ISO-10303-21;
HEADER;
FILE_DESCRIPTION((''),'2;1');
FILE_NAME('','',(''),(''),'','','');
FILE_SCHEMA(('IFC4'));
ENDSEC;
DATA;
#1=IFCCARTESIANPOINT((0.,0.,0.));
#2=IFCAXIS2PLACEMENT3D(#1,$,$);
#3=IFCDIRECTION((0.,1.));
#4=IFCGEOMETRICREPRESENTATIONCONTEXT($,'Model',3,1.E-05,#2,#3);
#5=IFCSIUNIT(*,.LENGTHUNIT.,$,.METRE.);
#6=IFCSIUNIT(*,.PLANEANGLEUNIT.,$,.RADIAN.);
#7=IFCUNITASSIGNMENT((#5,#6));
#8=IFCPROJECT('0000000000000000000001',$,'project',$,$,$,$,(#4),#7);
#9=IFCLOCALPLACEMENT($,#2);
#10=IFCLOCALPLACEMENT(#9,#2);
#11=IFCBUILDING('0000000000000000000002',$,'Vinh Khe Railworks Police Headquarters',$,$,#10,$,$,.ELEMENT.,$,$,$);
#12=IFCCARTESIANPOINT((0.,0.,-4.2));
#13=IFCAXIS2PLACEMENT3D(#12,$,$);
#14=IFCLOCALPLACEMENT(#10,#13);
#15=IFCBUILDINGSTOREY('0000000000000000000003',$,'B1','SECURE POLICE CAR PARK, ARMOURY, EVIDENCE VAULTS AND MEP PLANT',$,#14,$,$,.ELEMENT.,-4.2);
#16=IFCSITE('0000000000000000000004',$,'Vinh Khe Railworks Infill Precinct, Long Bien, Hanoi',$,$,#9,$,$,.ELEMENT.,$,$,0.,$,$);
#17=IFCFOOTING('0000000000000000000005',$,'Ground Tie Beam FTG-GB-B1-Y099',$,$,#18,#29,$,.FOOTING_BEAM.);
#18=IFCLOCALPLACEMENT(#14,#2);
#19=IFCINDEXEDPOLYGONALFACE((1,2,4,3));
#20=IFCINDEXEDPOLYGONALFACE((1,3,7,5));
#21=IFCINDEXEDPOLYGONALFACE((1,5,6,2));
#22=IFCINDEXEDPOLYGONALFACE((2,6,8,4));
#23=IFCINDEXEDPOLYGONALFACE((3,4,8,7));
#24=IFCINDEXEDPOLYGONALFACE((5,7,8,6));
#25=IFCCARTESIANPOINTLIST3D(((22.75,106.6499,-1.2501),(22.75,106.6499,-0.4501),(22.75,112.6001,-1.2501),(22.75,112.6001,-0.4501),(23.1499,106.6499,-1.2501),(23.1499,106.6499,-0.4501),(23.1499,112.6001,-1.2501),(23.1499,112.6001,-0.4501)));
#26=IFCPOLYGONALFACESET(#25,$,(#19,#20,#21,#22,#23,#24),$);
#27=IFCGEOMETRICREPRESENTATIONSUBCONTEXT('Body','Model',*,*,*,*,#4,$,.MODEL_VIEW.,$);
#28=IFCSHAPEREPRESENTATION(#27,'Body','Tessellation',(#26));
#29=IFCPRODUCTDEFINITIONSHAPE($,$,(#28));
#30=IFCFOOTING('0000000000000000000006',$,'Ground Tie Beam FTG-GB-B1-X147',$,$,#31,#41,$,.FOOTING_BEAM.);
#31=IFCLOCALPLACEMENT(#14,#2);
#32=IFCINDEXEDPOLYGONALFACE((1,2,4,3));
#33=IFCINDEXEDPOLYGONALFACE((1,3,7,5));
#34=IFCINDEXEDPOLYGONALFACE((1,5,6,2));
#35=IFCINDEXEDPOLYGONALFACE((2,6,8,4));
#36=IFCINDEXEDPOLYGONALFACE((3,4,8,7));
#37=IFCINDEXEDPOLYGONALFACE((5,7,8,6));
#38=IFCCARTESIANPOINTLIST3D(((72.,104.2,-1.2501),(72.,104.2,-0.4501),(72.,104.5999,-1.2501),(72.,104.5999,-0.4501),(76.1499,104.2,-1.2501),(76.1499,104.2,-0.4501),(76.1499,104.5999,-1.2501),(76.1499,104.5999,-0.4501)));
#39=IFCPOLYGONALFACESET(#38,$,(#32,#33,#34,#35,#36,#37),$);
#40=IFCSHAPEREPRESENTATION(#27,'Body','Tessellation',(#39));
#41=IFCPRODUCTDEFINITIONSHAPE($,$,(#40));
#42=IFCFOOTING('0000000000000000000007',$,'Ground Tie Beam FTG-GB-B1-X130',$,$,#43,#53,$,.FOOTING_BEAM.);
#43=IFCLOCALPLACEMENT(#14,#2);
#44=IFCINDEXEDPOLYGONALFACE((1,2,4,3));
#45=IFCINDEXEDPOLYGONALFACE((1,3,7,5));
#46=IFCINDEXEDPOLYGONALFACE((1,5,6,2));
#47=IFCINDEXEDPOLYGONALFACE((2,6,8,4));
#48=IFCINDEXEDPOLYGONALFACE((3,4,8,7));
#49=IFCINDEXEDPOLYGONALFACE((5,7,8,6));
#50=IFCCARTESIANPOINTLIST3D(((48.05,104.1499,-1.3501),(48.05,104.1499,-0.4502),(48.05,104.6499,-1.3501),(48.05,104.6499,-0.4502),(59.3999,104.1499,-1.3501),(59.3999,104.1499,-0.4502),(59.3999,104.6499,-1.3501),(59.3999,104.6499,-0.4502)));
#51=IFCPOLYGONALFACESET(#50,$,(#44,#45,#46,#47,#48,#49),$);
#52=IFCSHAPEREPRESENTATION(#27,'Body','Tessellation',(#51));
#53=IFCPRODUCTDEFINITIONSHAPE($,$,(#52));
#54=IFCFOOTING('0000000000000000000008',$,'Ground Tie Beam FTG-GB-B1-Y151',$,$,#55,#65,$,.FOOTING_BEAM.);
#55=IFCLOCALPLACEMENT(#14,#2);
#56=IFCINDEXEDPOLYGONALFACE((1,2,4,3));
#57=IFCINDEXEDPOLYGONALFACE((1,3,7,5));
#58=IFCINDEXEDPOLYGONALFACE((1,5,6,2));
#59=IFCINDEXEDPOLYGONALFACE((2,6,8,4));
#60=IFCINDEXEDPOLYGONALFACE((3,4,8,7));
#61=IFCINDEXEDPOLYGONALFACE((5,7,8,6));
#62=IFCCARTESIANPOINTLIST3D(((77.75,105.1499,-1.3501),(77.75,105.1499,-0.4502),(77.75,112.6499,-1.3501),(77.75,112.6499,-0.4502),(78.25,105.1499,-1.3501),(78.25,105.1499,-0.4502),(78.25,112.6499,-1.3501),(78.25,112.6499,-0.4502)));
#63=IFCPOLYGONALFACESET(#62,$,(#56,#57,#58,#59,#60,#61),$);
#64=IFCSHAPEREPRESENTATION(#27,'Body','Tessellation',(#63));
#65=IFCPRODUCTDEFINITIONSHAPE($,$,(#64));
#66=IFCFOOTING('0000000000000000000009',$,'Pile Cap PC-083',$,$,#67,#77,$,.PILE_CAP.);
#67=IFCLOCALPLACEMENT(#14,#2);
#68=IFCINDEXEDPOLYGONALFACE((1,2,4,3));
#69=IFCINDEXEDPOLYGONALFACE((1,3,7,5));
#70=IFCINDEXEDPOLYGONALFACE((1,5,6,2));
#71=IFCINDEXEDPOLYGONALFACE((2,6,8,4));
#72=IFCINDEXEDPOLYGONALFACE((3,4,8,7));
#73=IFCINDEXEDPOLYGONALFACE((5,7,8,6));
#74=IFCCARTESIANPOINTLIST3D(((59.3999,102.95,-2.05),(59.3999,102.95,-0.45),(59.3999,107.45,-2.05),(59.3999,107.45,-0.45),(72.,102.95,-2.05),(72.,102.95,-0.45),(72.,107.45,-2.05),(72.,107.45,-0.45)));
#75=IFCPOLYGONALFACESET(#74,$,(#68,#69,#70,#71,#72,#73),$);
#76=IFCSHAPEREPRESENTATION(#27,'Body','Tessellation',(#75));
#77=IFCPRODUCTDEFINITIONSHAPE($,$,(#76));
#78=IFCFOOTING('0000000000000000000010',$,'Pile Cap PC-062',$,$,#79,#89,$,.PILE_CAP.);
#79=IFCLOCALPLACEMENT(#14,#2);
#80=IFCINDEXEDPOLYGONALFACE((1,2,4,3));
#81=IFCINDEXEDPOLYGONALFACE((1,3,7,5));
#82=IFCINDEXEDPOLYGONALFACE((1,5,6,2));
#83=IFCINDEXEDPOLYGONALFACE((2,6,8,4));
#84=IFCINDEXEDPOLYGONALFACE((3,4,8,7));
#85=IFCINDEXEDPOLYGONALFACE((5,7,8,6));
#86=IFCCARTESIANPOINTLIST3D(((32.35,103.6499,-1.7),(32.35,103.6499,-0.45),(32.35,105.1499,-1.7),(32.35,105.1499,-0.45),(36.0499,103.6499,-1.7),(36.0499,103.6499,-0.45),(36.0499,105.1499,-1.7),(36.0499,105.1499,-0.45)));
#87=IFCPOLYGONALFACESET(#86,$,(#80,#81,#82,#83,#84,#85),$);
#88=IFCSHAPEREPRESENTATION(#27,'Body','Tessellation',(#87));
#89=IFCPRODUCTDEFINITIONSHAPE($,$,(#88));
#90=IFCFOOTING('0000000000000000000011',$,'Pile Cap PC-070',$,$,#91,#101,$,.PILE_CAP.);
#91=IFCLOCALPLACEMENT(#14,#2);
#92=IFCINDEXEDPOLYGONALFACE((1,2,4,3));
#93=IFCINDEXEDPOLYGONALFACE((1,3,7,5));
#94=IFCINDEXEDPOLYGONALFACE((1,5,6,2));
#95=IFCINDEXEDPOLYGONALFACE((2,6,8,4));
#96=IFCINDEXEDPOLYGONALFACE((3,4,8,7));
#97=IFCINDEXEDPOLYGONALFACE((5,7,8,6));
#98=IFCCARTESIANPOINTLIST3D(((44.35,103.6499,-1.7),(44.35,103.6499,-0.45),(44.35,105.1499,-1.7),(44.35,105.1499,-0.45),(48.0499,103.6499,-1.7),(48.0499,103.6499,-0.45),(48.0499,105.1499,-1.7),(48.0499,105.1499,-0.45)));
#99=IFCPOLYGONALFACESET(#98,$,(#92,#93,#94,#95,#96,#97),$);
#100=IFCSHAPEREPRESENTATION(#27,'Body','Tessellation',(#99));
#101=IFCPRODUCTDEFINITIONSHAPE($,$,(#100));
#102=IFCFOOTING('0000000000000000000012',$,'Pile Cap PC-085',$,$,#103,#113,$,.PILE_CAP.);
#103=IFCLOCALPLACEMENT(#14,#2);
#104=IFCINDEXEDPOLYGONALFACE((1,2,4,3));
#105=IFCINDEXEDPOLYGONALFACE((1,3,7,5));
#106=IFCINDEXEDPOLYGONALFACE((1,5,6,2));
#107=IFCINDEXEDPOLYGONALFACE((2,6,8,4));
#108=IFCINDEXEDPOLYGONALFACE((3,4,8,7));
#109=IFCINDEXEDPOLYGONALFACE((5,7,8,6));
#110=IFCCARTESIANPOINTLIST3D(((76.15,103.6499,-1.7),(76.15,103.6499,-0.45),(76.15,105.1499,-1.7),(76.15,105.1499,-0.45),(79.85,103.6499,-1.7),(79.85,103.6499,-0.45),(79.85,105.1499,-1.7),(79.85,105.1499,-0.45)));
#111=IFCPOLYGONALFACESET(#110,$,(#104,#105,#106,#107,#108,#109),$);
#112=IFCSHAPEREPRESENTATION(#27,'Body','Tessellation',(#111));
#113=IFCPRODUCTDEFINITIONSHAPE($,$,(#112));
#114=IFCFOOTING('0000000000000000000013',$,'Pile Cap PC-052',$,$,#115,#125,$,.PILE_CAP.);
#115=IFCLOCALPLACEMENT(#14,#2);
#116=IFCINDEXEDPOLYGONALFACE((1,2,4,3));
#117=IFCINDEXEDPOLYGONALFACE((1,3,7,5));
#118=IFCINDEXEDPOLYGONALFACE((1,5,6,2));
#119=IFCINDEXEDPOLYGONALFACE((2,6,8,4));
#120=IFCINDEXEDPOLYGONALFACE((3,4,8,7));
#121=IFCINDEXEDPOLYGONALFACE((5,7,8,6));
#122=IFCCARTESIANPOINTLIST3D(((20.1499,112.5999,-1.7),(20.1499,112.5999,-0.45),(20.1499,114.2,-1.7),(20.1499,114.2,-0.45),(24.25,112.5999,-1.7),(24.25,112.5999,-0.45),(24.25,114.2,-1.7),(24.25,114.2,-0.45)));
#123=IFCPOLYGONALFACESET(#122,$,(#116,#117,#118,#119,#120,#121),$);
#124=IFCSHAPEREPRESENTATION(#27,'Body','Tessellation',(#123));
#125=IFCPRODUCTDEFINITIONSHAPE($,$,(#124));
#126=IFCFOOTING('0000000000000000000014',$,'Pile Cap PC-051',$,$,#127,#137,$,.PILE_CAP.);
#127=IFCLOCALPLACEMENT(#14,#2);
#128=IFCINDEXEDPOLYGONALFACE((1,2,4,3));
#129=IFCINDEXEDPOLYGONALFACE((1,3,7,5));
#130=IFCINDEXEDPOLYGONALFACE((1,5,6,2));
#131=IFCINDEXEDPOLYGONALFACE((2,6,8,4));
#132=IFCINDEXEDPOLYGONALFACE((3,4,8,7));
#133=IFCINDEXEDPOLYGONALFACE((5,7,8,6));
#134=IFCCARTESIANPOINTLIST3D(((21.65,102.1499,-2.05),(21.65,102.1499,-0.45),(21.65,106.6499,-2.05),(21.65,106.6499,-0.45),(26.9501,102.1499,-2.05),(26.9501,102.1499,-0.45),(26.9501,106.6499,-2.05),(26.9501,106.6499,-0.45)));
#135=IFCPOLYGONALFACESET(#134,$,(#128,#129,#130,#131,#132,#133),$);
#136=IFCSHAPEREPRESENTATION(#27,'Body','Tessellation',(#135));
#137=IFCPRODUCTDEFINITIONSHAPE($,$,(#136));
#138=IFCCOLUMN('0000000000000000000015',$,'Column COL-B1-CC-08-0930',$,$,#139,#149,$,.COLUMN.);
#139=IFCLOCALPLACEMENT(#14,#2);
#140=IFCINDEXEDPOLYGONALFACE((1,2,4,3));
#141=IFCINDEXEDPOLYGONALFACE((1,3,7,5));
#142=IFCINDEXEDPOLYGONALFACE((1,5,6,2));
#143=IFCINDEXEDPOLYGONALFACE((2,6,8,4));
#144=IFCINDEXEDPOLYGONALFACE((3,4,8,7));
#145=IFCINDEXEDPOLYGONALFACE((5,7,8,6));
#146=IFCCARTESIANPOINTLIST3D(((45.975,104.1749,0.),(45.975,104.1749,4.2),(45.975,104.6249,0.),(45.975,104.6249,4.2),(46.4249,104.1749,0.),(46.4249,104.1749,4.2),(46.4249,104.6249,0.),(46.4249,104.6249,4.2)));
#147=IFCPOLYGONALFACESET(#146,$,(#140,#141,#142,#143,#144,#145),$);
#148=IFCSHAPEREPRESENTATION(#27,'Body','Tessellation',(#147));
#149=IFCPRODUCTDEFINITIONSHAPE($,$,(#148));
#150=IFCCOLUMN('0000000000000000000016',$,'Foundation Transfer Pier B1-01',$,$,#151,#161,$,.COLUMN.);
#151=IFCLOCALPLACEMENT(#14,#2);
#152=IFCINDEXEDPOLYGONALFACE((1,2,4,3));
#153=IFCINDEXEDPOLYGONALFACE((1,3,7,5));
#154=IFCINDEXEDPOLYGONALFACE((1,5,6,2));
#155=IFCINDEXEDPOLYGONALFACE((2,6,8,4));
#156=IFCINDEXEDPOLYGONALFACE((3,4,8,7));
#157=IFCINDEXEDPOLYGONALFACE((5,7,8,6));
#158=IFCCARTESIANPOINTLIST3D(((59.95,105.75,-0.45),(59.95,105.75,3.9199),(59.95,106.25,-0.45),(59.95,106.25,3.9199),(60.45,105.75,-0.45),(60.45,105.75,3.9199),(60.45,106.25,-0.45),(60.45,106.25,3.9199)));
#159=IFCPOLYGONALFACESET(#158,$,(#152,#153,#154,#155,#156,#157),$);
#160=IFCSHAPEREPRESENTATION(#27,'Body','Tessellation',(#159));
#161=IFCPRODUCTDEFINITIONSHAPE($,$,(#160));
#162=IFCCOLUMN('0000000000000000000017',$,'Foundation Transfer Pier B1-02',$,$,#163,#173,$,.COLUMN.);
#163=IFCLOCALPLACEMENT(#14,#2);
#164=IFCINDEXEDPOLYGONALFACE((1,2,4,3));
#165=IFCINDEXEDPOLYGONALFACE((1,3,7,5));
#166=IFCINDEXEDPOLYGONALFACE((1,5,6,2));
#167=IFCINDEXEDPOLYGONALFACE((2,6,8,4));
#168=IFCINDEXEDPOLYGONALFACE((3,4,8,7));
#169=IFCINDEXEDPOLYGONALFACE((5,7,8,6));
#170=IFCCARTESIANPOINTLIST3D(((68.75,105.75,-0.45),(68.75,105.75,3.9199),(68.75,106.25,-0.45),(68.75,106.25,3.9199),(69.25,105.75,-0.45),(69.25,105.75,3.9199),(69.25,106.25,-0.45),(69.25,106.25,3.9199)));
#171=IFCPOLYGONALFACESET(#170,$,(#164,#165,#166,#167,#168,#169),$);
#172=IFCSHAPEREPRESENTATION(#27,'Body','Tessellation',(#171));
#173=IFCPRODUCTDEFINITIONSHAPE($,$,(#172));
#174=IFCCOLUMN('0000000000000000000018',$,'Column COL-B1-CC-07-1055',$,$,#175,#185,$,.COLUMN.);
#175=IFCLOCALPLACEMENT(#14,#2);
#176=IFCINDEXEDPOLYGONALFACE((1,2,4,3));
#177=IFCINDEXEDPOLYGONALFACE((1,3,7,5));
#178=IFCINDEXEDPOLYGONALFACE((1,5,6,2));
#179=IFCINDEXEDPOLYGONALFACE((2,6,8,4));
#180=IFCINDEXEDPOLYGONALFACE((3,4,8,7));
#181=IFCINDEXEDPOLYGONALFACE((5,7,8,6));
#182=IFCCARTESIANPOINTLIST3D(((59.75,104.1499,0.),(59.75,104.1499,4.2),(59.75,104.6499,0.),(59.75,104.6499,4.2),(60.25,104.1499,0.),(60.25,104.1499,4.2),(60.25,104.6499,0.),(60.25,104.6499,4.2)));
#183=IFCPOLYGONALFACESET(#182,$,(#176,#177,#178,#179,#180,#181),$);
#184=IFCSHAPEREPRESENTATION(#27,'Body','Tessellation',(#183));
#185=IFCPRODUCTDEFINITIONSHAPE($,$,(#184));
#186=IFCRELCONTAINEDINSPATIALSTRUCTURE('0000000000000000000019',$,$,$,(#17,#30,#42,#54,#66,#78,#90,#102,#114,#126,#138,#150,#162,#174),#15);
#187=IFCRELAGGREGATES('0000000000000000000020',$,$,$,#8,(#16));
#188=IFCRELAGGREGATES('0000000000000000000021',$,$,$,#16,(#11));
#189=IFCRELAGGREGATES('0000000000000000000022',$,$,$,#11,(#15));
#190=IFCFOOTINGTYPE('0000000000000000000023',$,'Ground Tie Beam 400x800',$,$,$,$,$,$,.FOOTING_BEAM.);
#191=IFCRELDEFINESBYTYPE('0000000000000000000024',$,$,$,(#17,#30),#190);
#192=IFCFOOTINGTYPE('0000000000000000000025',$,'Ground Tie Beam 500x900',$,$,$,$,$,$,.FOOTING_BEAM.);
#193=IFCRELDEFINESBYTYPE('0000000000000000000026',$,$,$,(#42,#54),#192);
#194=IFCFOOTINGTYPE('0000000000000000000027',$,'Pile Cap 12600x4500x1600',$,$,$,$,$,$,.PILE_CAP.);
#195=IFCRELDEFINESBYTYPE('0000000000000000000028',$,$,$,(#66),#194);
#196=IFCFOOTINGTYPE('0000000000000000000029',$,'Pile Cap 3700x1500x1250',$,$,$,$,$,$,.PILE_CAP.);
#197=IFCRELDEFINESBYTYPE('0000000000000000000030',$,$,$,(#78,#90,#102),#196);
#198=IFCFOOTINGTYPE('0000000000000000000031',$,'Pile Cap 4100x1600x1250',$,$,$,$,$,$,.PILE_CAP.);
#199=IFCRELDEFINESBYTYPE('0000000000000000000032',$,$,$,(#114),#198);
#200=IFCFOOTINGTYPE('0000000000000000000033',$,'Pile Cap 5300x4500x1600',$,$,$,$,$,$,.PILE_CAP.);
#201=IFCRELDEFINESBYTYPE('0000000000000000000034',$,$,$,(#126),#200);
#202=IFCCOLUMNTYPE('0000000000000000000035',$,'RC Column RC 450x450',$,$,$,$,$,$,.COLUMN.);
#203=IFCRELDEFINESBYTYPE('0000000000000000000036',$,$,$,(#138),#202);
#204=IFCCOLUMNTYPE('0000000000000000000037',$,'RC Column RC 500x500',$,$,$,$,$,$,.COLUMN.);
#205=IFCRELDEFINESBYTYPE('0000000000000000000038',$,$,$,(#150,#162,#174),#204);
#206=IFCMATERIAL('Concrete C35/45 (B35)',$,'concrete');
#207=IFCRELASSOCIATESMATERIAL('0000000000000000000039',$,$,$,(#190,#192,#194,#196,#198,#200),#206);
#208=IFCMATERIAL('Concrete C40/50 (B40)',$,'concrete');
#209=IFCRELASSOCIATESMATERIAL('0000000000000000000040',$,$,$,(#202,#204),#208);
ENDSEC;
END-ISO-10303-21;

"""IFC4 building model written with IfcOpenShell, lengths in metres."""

from ifc_helpers import new_model, si_unit, direction, frame, origin, origin_2d, place, context, subcontext, project, spatial, rectangle, extrude, material, material_profile, profile_set, type_object, element, save


model = new_model("IFC4")

# Units and contexts
model_context = context("Model", 3, precision=1e-05, world=origin(), true_north=direction((0.0, 1.0)))
body_context = subcontext(model_context, "Body", "Model", "MODEL_VIEW")
ifc_project = project(units=[si_unit("LENGTHUNIT", "METRE"), si_unit("PLANEANGLEUNIT", "RADIAN")], contexts=[model_context])

# Site, building, storey
site_placement = place(None, origin())
site = spatial("IfcSite", under=ifc_project, at=site_placement, Name="Vinh Khe Railworks Infill Precinct, Long Bien, Hanoi", CompositionType="ELEMENT", RefElevation=0.0)
building_placement = place(site_placement, origin())
building = spatial("IfcBuilding", under=site, at=building_placement, Name="Vinh Khe Railworks Police Headquarters", CompositionType="ELEMENT")
storey_placement = place(building_placement, frame((0.0, 0.0, -4.2)))
storey = spatial("IfcBuildingStorey", under=building, at=storey_placement, Name="B1", Description="SECURE POLICE CAR PARK, ARMOURY, EVIDENCE VAULTS AND MEP PLANT", CompositionType="ELEMENT", Elevation=-4.2)

# Shared definitions
ifc_material_1 = material(Name="Concrete C35/45 (B35)", Category="concrete")

# Footings
ifc_material_profile_1 = material_profile(ifc_material_1, rectangle(XDim=0.3999, YDim=0.8, at=origin_2d()), Name="RC 400x800")
ifc_profile_set_1 = profile_set([ifc_material_profile_1], Name="Concrete C35/45 (B35)")
footing_type_1 = type_object("IfcFootingType", Name="Ground Tie Beam 400x800", PredefinedType="FOOTING_BEAM", material=ifc_profile_set_1)
footing_1_placement = place(storey_placement, frame((22.95, 106.6499, -0.8501), z_axis=(0.0, 1.0, 0.0), x_axis=(-1.0, 0.0, 0.0)))
element("IfcFooting", 1, at=footing_1_placement, inside=storey, type_object=footing_type_1, Name="Ground Tie Beam FTG-GB-B1-Y099", PredefinedType="FOOTING_BEAM", context=body_context, shape_type="SweptSolid", body=[
    extrude(rectangle(XDim=0.3999, YDim=0.8, at=origin_2d()), origin(), (0.0, 0.0, 1.0), 5.9502),
])
footing_2_placement = place(storey_placement, frame((72.0, 104.3999, -0.8501), z_axis=(1.0, 0.0, 0.0), x_axis=(0.0, 1.0, 0.0)))
element("IfcFooting", 2, at=footing_2_placement, inside=storey, type_object=footing_type_1, Name="Ground Tie Beam FTG-GB-B1-X147", PredefinedType="FOOTING_BEAM", context=body_context, shape_type="SweptSolid", body=[
    extrude(rectangle(XDim=0.3999, YDim=0.8, at=origin_2d()), origin(), (0.0, 0.0, 1.0), 4.1499),
])
ifc_material_profile_2 = material_profile(ifc_material_1, rectangle(XDim=0.5, YDim=0.8999, at=origin_2d()), Name="RC 500x900")
ifc_profile_set_2 = profile_set([ifc_material_profile_2], Name="Concrete C35/45 (B35)")
footing_type_2 = type_object("IfcFootingType", Name="Ground Tie Beam 500x900", PredefinedType="FOOTING_BEAM", material=ifc_profile_set_2)
footing_3_placement = place(storey_placement, frame((48.05, 104.3999, -0.9001), z_axis=(1.0, 0.0, 0.0), x_axis=(0.0, 1.0, 0.0)))
element("IfcFooting", 3, at=footing_3_placement, inside=storey, type_object=footing_type_2, Name="Ground Tie Beam FTG-GB-B1-X130", PredefinedType="FOOTING_BEAM", context=body_context, shape_type="SweptSolid", body=[
    extrude(rectangle(XDim=0.5, YDim=0.8999, at=origin_2d()), origin(), (0.0, 0.0, 1.0), 11.3499),
])
footing_4_placement = place(storey_placement, frame((78.0, 105.1499, -0.9001), z_axis=(0.0, 1.0, 0.0), x_axis=(-1.0, 0.0, 0.0)))
element("IfcFooting", 4, at=footing_4_placement, inside=storey, type_object=footing_type_2, Name="Ground Tie Beam FTG-GB-B1-Y151", PredefinedType="FOOTING_BEAM", context=body_context, shape_type="SweptSolid", body=[
    extrude(rectangle(XDim=0.5, YDim=0.8999, at=origin_2d()), origin(), (0.0, 0.0, 1.0), 7.5),
])
footing_type_3 = type_object("IfcFootingType", Name="Pile Cap 12600x4500x1600", PredefinedType="PILE_CAP", material=ifc_material_1)
footing_5_placement = place(storey_placement, frame((65.7, 105.2, -2.05), z_axis=(0.0, 0.0, 1.0), x_axis=(1.0, 0.0, 0.0)))
element("IfcFooting", 5, at=footing_5_placement, inside=storey, type_object=footing_type_3, Name="Pile Cap PC-083", PredefinedType="PILE_CAP", context=body_context, shape_type="SweptSolid", body=[
    extrude(rectangle(XDim=12.6001, YDim=4.5, at=origin_2d()), origin(), (0.0, 0.0, 1.0), 1.6001),
])
footing_type_4 = type_object("IfcFootingType", Name="Pile Cap 3700x1500x1250", PredefinedType="PILE_CAP", material=ifc_material_1)
for number, where, z_axis, x_axis, name in (
    (6, (34.2, 104.3999, -1.7), (0.0, 0.0, 1.0), (1.0, 0.0, 0.0), "Pile Cap PC-062"),
    (7, (46.2, 104.3999, -1.7), (0.0, 0.0, 1.0), (1.0, 0.0, 0.0), "Pile Cap PC-070"),
    (8, (78.0, 104.3999, -1.7), (0.0, 0.0, 1.0), (1.0, 0.0, 0.0), "Pile Cap PC-085"),
):
    element("IfcFooting", number, at=place(storey_placement, frame(where, z_axis=z_axis, x_axis=x_axis)), inside=storey, type_object=footing_type_4, Name=name, PredefinedType="PILE_CAP", context=body_context, shape_type="SweptSolid", body=[
        extrude(rectangle(XDim=3.7, YDim=1.5, at=origin_2d()), origin(), (0.0, 0.0, 1.0), 1.25),
    ])
footing_type_5 = type_object("IfcFootingType", Name="Pile Cap 4100x1600x1250", PredefinedType="PILE_CAP", material=ifc_material_1)
footing_6_placement = place(storey_placement, frame((22.2, 113.3999, -1.7), z_axis=(0.0, 0.0, 1.0), x_axis=(1.0, 0.0, 0.0)))
element("IfcFooting", 9, at=footing_6_placement, inside=storey, type_object=footing_type_5, Name="Pile Cap PC-052", PredefinedType="PILE_CAP", context=body_context, shape_type="SweptSolid", body=[
    extrude(rectangle(XDim=4.1001, YDim=1.6001, at=origin_2d()), origin(), (0.0, 0.0, 1.0), 1.25),
])
footing_type_6 = type_object("IfcFootingType", Name="Pile Cap 5300x4500x1600", PredefinedType="PILE_CAP", material=ifc_material_1)
footing_7_placement = place(storey_placement, frame((24.3, 104.3999, -2.05), z_axis=(0.0, 0.0, 1.0), x_axis=(1.0, 0.0, 0.0)))
element("IfcFooting", 10, at=footing_7_placement, inside=storey, type_object=footing_type_6, Name="Pile Cap PC-051", PredefinedType="PILE_CAP", context=body_context, shape_type="SweptSolid", body=[
    extrude(rectangle(XDim=5.3, YDim=4.5, at=origin_2d()), origin(), (0.0, 0.0, 1.0), 1.6001),
])

# Columns
ifc_material_2 = material(Name="Concrete C40/50 (B40)", Category="concrete")
ifc_material_profile_3 = material_profile(ifc_material_2, rectangle(XDim=0.45, YDim=0.45, at=origin_2d()), Name="RC 450x450")
ifc_profile_set_3 = profile_set([ifc_material_profile_3], Name="Concrete C40/50 (B40)")
column_type_1 = type_object("IfcColumnType", Name="RC Column RC 450x450", PredefinedType="COLUMN", material=ifc_profile_set_3)
column_1_placement = place(storey_placement, frame((46.2, 104.3999, 0.0), z_axis=(0.0, 0.0, 1.0), x_axis=(1.0, 0.0, 0.0)))
element("IfcColumn", 11, at=column_1_placement, inside=storey, type_object=column_type_1, Name="Column COL-B1-CC-08-0930", PredefinedType="COLUMN", context=body_context, shape_type="SweptSolid", body=[
    extrude(rectangle(XDim=0.45, YDim=0.45, at=origin_2d()), origin(), (0.0, 0.0, 1.0), 4.2),
])
ifc_material_profile_4 = material_profile(ifc_material_2, rectangle(XDim=0.5, YDim=0.5, at=origin_2d()), Name="RC 500x500")
ifc_profile_set_4 = profile_set([ifc_material_profile_4], Name="Concrete C40/50 (B40)")
column_type_2 = type_object("IfcColumnType", Name="RC Column RC 500x500", PredefinedType="COLUMN", material=ifc_profile_set_4)
for number, where, z_axis, x_axis, name in (
    (12, (60.2, 106.0, -0.45), (0.0, 0.0, 1.0), (1.0, 0.0, 0.0), "Foundation Transfer Pier B1-01"),
    (13, (69.0, 106.0, -0.45), (0.0, 0.0, 1.0), (1.0, 0.0, 0.0), "Foundation Transfer Pier B1-02"),
):
    element("IfcColumn", number, at=place(storey_placement, frame(where, z_axis=z_axis, x_axis=x_axis)), inside=storey, type_object=column_type_2, Name=name, PredefinedType="COLUMN", context=body_context, shape_type="SweptSolid", body=[
        extrude(rectangle(XDim=0.5, YDim=0.5, at=origin_2d()), origin(), (0.0, 0.0, 1.0), 4.3699),
    ])
column_2_placement = place(storey_placement, frame((60.0, 104.3999, 0.0), z_axis=(0.0, 0.0, 1.0), x_axis=(1.0, 0.0, 0.0)))
element("IfcColumn", 14, at=column_2_placement, inside=storey, type_object=column_type_2, Name="Column COL-B1-CC-07-1055", PredefinedType="COLUMN", context=body_context, shape_type="SweptSolid", body=[
    extrude(rectangle(XDim=0.5, YDim=0.5, at=origin_2d()), origin(), (0.0, 0.0, 1.0), 4.2),
])

save(model, "model.ifc")
